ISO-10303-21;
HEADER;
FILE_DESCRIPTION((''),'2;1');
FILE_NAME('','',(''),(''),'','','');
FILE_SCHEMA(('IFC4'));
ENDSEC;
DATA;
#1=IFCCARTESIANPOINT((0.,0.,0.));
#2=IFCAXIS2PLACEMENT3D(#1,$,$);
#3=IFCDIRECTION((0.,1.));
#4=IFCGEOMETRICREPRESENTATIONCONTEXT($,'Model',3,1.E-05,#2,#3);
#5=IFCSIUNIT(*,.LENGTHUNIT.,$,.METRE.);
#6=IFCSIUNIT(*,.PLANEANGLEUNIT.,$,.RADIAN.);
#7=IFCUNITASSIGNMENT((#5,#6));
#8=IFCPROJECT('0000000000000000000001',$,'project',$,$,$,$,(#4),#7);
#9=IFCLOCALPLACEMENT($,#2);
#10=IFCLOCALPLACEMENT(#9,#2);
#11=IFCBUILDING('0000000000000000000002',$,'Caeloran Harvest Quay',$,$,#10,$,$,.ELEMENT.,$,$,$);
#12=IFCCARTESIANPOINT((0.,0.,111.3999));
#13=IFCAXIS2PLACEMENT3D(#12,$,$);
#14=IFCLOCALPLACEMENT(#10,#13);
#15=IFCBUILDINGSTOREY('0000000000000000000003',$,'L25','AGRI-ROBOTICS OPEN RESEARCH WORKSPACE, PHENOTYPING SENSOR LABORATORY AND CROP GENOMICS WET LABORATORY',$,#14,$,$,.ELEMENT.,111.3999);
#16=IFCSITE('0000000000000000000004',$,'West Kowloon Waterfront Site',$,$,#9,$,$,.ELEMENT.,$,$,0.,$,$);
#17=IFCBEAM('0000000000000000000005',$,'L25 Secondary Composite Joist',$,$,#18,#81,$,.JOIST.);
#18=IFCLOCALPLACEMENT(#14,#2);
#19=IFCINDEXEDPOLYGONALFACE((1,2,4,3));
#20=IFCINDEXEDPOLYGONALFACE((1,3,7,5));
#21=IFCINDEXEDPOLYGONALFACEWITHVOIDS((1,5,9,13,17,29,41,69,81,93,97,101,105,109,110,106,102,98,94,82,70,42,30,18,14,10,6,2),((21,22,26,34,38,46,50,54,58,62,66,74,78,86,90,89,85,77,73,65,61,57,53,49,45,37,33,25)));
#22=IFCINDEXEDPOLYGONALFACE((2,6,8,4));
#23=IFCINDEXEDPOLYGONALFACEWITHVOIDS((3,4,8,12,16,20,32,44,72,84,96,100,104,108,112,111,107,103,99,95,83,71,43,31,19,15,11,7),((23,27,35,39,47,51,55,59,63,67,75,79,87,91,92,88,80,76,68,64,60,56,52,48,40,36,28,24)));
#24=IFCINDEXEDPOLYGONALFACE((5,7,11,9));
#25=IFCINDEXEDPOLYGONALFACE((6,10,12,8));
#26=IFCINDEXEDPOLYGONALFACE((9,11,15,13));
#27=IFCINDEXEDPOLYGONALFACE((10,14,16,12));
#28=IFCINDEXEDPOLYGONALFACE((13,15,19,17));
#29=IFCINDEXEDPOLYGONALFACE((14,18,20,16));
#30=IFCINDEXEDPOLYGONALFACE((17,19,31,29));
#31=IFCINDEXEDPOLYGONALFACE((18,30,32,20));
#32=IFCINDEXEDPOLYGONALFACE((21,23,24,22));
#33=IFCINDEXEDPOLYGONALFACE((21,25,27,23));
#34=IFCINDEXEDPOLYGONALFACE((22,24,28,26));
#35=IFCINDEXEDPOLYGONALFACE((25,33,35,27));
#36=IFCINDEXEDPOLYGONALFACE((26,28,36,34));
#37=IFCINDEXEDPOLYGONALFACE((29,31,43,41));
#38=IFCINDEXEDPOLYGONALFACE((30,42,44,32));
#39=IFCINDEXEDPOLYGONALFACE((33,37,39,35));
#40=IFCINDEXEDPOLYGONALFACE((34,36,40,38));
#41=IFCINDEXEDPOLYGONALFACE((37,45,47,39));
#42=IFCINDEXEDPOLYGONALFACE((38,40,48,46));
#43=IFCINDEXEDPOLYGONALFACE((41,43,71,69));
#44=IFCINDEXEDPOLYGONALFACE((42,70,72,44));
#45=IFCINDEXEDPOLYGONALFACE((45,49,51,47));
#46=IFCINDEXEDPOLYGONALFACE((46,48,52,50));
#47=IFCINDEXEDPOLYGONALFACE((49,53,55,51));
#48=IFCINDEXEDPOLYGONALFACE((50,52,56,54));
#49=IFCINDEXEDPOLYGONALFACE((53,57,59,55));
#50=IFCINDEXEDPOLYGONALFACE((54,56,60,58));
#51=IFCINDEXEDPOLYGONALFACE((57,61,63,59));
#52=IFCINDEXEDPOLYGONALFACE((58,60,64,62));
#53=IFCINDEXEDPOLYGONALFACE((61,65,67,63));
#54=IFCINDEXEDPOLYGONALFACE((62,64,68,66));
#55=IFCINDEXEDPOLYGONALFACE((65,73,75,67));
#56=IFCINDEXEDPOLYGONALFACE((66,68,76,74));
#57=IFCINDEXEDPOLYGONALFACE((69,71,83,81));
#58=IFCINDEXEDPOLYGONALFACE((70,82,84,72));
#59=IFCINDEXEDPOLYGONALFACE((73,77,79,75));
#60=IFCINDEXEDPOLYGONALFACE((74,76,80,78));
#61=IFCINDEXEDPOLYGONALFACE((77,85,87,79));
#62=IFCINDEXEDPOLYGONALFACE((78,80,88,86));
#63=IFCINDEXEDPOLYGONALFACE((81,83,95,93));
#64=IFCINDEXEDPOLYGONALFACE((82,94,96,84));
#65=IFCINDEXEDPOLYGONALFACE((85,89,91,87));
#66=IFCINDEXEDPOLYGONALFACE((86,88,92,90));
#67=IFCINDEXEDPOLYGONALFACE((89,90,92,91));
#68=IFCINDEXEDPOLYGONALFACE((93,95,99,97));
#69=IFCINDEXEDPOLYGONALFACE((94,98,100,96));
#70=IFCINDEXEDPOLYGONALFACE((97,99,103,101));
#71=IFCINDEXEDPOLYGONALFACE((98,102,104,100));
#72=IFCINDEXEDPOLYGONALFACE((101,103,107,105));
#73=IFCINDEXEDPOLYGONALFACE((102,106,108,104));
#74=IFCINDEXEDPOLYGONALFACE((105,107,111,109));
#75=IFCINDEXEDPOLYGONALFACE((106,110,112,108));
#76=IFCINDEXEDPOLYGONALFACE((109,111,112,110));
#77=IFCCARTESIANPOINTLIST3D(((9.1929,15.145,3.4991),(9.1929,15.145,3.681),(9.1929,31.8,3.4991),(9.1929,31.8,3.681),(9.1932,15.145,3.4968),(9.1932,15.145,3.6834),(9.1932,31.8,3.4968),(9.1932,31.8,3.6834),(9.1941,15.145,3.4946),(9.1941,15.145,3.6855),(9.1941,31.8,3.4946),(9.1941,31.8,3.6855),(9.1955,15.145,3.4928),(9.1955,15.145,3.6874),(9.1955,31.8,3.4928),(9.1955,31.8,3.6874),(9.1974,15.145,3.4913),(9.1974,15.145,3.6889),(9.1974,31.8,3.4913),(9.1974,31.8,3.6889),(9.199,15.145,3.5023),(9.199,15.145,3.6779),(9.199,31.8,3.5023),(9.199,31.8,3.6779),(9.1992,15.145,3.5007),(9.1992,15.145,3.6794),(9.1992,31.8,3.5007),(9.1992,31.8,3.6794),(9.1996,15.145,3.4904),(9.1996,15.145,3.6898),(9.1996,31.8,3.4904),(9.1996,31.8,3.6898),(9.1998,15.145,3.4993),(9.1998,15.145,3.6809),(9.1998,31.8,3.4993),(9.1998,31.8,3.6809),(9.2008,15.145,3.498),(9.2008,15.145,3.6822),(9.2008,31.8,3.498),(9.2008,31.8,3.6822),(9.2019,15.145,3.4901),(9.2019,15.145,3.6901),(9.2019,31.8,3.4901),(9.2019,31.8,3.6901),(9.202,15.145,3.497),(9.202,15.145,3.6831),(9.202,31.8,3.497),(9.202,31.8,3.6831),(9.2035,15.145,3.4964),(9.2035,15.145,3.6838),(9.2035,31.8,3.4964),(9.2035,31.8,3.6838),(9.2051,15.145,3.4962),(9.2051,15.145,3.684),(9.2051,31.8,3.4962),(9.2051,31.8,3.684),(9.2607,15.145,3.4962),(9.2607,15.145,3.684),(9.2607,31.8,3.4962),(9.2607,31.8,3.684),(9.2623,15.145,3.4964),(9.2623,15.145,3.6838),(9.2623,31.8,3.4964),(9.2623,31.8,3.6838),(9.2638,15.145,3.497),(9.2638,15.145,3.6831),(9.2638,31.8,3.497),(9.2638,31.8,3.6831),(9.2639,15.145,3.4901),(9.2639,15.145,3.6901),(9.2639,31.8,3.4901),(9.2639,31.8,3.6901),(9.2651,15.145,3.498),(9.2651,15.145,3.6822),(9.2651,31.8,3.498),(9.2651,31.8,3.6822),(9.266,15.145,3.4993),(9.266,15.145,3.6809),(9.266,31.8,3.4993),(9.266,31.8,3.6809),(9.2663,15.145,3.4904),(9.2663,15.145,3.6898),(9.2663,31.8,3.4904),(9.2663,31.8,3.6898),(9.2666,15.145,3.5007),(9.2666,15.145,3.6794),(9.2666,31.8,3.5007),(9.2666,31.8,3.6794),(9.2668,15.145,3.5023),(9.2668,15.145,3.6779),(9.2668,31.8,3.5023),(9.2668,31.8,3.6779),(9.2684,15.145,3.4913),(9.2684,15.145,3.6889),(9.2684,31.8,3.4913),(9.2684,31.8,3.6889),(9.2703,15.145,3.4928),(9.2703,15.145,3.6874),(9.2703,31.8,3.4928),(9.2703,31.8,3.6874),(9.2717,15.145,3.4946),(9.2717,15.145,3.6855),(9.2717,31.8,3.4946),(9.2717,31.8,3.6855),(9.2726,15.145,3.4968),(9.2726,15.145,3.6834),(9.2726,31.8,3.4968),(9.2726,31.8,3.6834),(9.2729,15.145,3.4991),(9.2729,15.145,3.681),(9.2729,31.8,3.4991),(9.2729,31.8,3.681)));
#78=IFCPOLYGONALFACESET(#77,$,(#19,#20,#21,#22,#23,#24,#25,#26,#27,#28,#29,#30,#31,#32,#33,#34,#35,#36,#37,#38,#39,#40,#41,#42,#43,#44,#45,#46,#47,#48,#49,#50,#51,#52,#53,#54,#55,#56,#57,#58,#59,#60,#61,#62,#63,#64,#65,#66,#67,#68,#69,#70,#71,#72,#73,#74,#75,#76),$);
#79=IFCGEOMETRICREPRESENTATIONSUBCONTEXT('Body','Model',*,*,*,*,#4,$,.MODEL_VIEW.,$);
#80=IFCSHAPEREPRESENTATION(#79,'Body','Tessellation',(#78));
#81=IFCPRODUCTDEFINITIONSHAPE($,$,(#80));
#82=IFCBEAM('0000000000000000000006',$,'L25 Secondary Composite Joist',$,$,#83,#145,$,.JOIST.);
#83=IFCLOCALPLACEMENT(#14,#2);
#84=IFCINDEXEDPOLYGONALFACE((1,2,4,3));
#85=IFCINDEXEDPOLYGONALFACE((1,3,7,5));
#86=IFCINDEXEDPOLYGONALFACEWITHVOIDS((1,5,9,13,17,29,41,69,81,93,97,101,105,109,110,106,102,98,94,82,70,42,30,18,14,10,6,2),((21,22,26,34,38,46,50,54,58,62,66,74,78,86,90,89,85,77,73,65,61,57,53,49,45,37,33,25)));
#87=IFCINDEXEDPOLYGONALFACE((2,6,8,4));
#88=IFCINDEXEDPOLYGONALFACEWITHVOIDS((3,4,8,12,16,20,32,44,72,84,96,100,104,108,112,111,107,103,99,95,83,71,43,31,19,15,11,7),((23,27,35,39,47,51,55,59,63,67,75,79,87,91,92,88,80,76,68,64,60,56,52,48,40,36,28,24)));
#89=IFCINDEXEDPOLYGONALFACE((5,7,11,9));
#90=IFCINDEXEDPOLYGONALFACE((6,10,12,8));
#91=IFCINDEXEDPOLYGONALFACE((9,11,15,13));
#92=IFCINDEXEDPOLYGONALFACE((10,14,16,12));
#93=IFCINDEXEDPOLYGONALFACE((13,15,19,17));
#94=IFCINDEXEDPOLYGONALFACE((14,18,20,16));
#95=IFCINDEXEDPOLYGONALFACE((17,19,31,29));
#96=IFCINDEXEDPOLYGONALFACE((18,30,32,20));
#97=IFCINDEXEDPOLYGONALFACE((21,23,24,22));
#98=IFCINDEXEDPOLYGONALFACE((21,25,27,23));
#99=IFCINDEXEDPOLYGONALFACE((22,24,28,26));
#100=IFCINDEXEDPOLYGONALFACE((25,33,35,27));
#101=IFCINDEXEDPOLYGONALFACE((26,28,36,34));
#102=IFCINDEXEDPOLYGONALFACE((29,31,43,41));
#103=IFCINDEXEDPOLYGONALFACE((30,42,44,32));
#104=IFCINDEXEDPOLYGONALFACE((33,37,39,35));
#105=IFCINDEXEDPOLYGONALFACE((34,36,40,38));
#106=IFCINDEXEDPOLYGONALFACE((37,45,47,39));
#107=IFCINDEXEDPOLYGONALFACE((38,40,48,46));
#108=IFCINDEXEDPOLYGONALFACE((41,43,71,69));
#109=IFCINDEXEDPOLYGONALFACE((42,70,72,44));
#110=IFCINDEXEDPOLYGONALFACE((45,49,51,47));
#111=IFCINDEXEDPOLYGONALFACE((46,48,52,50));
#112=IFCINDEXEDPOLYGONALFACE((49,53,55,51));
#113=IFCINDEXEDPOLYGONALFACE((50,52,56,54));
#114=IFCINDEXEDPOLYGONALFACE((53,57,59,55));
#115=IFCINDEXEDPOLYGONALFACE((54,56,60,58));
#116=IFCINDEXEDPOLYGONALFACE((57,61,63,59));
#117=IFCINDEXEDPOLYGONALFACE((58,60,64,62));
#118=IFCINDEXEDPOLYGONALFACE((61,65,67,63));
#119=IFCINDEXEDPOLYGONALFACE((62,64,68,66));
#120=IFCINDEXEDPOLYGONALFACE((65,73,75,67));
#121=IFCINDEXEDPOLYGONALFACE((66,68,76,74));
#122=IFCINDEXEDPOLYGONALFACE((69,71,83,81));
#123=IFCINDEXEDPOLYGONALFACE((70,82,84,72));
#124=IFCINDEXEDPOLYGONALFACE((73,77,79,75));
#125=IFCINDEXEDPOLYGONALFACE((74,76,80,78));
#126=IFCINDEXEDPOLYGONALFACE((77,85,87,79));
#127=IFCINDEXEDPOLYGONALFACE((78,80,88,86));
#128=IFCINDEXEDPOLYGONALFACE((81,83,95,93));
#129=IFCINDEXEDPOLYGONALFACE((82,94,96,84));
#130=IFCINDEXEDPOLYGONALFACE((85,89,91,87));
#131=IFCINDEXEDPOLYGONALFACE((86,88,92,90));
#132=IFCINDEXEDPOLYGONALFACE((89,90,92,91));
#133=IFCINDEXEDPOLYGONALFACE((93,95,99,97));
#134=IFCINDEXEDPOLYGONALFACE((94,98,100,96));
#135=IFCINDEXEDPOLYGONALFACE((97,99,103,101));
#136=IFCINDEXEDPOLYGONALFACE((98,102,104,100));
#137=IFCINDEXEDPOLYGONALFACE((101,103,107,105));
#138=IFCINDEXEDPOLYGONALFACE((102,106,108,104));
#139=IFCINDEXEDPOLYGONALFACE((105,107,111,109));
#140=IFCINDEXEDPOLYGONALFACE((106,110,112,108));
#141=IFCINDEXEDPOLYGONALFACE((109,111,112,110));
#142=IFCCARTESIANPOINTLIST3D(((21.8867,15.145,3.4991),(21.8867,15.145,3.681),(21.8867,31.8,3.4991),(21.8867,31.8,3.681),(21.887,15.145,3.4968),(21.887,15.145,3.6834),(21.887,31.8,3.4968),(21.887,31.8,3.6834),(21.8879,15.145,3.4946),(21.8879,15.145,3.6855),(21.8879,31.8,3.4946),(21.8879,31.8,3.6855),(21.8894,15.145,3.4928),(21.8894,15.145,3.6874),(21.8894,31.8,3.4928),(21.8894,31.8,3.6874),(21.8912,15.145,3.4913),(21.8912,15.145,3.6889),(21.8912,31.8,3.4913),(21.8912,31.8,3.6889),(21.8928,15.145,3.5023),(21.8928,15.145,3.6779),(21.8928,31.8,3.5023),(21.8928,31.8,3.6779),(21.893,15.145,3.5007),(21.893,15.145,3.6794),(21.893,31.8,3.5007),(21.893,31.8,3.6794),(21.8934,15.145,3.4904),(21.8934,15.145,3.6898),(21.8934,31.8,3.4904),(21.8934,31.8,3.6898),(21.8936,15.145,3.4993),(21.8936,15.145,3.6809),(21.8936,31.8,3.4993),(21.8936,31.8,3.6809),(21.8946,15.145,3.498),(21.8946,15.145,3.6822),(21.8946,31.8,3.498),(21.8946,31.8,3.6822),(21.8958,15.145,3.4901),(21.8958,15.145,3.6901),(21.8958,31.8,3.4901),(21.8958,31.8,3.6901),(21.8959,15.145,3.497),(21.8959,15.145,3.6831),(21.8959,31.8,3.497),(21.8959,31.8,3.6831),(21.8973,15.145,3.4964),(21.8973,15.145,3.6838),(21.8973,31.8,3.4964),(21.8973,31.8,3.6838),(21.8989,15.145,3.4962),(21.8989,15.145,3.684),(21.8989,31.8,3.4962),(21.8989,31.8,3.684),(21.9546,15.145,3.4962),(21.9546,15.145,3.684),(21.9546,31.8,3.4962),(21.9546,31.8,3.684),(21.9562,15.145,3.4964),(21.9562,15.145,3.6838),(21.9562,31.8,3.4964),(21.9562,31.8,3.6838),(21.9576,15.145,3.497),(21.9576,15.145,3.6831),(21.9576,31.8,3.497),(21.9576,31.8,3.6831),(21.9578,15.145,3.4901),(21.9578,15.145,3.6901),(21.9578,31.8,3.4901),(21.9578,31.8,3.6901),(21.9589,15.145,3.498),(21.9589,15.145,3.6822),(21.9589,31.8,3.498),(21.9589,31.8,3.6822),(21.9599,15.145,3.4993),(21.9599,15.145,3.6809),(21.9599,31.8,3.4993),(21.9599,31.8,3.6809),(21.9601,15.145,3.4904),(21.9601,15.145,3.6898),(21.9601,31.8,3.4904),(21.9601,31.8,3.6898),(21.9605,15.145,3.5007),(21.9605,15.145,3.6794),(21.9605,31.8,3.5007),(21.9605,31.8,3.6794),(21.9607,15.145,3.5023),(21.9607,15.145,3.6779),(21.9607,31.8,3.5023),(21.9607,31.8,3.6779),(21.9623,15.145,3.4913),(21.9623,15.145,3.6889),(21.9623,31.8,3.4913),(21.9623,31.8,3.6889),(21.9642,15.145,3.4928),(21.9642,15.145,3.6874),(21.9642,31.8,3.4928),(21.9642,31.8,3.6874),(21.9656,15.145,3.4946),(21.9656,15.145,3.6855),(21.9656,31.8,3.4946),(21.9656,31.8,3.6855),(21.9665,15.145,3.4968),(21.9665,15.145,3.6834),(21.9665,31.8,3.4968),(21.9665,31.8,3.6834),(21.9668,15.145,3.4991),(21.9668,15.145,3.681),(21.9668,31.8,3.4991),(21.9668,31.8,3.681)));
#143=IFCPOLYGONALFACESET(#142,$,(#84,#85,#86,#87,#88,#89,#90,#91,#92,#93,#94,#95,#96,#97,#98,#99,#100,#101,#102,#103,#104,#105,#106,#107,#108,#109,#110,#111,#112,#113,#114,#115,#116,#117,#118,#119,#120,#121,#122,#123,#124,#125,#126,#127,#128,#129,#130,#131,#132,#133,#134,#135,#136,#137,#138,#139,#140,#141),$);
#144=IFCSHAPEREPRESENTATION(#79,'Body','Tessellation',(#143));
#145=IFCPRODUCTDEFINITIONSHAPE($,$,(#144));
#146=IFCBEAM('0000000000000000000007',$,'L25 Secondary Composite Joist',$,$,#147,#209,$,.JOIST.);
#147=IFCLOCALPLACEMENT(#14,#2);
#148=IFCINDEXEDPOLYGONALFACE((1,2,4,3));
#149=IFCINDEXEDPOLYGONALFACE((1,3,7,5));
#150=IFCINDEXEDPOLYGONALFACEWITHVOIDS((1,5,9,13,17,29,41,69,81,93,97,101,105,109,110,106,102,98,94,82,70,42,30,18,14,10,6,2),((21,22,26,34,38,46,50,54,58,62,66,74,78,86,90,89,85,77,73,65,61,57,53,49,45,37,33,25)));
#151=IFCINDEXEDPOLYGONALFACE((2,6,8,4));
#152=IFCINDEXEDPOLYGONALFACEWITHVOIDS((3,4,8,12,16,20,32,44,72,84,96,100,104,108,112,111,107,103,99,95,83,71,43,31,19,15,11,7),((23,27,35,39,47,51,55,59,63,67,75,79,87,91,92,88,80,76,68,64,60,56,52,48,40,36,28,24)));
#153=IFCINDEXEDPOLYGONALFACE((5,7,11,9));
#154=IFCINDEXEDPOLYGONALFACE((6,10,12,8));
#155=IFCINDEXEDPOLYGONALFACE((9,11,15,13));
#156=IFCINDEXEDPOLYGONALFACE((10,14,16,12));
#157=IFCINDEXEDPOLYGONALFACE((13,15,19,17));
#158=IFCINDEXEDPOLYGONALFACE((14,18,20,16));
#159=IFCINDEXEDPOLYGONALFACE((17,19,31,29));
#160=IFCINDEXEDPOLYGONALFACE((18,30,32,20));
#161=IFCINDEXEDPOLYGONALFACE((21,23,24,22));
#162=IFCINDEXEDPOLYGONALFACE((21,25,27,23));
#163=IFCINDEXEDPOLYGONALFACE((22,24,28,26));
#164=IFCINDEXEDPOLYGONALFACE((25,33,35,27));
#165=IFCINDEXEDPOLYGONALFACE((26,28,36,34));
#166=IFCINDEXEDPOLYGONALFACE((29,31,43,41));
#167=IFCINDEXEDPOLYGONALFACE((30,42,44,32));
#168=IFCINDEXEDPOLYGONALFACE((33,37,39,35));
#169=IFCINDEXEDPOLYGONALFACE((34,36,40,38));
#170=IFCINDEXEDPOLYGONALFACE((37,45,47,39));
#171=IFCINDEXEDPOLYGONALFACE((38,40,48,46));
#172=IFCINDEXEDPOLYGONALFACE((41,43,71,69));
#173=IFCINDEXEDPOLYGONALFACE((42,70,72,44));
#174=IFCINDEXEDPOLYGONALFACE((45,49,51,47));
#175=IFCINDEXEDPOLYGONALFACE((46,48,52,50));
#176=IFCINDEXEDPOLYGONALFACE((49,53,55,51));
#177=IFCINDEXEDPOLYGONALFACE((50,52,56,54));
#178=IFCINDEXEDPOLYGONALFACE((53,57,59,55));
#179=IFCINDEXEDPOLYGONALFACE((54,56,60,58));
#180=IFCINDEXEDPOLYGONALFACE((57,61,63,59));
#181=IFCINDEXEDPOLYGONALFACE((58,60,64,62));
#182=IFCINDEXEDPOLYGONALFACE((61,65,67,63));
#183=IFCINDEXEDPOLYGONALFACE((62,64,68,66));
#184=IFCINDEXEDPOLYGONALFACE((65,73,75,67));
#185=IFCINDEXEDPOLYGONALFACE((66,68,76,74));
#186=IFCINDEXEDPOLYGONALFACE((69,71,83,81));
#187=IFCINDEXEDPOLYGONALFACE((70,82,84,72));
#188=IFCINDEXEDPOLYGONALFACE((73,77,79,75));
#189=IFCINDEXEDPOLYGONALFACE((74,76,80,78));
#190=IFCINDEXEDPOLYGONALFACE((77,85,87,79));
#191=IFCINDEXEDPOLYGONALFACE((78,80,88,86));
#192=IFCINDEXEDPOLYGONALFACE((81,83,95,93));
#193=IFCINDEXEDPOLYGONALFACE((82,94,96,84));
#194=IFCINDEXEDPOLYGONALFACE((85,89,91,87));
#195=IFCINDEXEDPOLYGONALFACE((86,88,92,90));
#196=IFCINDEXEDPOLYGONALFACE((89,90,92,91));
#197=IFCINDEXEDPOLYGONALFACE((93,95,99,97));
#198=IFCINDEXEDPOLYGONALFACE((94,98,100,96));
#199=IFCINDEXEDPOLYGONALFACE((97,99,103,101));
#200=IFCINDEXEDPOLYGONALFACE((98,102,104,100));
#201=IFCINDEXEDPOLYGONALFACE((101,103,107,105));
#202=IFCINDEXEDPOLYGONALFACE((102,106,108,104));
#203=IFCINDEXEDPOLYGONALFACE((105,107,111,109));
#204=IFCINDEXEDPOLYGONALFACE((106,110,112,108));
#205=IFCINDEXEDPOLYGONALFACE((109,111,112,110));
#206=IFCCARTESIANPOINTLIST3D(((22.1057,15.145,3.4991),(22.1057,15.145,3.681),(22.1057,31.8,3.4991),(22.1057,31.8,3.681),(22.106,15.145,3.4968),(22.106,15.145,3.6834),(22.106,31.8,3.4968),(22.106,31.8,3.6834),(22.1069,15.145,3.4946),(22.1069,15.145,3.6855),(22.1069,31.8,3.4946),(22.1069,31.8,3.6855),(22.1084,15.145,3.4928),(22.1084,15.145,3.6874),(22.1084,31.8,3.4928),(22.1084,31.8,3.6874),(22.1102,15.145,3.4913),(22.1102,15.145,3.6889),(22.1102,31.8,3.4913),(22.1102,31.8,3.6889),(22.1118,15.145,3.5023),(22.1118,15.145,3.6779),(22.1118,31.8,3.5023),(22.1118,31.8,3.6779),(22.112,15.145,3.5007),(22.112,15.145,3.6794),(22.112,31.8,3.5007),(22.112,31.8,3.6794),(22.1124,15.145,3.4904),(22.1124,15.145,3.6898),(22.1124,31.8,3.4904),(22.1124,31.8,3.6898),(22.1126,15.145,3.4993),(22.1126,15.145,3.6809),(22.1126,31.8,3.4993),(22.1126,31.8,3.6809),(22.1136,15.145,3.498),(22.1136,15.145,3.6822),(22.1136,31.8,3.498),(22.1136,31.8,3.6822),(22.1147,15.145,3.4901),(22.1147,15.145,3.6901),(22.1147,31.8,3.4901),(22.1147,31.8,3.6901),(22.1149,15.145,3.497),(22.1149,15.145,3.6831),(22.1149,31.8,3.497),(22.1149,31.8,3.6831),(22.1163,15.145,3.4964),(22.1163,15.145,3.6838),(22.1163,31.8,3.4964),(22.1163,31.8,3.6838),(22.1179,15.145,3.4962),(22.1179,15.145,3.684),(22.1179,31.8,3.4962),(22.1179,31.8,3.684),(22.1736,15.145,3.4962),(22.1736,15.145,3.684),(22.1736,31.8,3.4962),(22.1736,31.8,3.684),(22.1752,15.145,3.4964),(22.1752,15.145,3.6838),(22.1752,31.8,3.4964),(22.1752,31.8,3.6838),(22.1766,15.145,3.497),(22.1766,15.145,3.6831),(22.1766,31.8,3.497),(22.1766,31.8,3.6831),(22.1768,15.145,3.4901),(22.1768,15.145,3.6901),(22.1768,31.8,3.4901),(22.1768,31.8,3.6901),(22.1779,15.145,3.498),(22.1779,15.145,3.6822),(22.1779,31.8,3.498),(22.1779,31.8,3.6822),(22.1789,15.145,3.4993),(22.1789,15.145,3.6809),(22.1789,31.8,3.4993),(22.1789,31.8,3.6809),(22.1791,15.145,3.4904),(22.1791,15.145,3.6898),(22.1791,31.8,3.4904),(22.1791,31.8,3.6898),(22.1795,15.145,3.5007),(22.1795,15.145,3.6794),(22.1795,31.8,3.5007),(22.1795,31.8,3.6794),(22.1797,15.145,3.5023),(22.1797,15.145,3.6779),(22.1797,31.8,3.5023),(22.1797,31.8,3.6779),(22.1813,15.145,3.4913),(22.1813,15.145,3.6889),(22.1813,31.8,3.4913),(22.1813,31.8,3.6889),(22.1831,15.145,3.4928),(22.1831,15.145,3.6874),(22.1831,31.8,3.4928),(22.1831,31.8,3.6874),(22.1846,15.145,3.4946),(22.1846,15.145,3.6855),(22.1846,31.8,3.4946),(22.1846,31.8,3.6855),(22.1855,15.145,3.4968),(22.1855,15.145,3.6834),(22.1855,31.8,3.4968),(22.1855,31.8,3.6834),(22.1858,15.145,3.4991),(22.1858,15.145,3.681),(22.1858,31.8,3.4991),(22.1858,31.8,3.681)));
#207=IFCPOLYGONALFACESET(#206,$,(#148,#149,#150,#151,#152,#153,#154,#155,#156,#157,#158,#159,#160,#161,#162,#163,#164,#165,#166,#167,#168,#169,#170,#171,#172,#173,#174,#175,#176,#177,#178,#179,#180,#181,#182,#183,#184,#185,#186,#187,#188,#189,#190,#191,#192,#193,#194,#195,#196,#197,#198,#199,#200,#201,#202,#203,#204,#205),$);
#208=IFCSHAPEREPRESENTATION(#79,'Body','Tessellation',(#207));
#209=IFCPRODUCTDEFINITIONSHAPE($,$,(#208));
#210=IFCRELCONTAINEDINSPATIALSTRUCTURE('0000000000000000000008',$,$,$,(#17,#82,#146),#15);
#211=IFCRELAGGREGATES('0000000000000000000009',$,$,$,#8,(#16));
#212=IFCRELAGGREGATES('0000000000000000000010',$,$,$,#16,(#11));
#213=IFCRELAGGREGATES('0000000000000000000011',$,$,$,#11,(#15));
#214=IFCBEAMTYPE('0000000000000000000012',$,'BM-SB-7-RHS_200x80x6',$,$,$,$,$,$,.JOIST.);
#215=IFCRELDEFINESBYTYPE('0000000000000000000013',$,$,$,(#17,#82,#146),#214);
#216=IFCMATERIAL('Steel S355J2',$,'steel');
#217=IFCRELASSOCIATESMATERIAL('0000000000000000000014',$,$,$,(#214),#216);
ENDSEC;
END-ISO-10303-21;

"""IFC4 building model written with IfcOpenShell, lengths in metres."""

from ifc_helpers import new_model, si_unit, direction, frame, origin, origin_2d, place, context, subcontext, project, spatial, hollow_rectangle, extrude, material, material_profile, profile_set, type_object, element, save


model = new_model("IFC4")

# Units and contexts
model_context = context("Model", 3, precision=1e-05, world=origin(), true_north=direction((0.0, 1.0)))
body_context = subcontext(model_context, "Body", "Model", "MODEL_VIEW")
ifc_project = project(units=[si_unit("LENGTHUNIT", "METRE"), si_unit("PLANEANGLEUNIT", "RADIAN")], contexts=[model_context])

# Site, building, storey
site_placement = place(None, origin())
site = spatial("IfcSite", under=ifc_project, at=site_placement, Name="West Kowloon Waterfront Site", CompositionType="ELEMENT", RefElevation=0.0)
building_placement = place(site_placement, origin())
building = spatial("IfcBuilding", under=site, at=building_placement, Name="Caeloran Harvest Quay", CompositionType="ELEMENT")
storey_placement = place(building_placement, frame((0.0, 0.0, 111.3999)))
storey = spatial("IfcBuildingStorey", under=building, at=storey_placement, Name="L25", Description="AGRI-ROBOTICS OPEN RESEARCH WORKSPACE, PHENOTYPING SENSOR LABORATORY AND CROP GENOMICS WET LABORATORY", CompositionType="ELEMENT", Elevation=111.3999)

# Beams
ifc_material_1 = material(Name="Steel S355J2", Category="steel")
ifc_material_profile_1 = material_profile(ifc_material_1, hollow_rectangle(XDim=0.0801, YDim=0.2, WallThickness=0.0061, InnerFilletRadius=0.0061, OuterFilletRadius=0.009, at=origin_2d()), Name="RHS 200x80x6")
ifc_profile_set_1 = profile_set([ifc_material_profile_1], Name="Steel S355J2")
beam_type_1 = type_object("IfcBeamType", Name="BM-SB-7-RHS_200x80x6", PredefinedType="JOIST", material=ifc_profile_set_1)
for number, where, z_axis, x_axis, name in (
    (1, (9.2329, 15.145, 3.5901), (0.0, 1.0, 0.0), (-1.0, 0.0, 0.0), "L25 Secondary Composite Joist"),
    (2, (21.9268, 15.145, 3.5901), (0.0, 1.0, 0.0), (-1.0, 0.0, 0.0), "L25 Secondary Composite Joist"),
    (3, (22.1458, 15.145, 3.5901), (0.0, 1.0, 0.0), (-1.0, 0.0, 0.0), "L25 Secondary Composite Joist"),
):
    element("IfcBeam", number, at=place(storey_placement, frame(where, z_axis=z_axis, x_axis=x_axis)), inside=storey, type_object=beam_type_1, Name=name, PredefinedType="JOIST", context=body_context, shape_type="SweptSolid", body=[
        extrude(hollow_rectangle(XDim=0.0801, YDim=0.2, WallThickness=0.0061, InnerFilletRadius=0.0061, OuterFilletRadius=0.009, at=origin_2d()), origin(), (0.0, 0.0, 1.0), 16.655),
    ])

save(model, "model.ifc")
